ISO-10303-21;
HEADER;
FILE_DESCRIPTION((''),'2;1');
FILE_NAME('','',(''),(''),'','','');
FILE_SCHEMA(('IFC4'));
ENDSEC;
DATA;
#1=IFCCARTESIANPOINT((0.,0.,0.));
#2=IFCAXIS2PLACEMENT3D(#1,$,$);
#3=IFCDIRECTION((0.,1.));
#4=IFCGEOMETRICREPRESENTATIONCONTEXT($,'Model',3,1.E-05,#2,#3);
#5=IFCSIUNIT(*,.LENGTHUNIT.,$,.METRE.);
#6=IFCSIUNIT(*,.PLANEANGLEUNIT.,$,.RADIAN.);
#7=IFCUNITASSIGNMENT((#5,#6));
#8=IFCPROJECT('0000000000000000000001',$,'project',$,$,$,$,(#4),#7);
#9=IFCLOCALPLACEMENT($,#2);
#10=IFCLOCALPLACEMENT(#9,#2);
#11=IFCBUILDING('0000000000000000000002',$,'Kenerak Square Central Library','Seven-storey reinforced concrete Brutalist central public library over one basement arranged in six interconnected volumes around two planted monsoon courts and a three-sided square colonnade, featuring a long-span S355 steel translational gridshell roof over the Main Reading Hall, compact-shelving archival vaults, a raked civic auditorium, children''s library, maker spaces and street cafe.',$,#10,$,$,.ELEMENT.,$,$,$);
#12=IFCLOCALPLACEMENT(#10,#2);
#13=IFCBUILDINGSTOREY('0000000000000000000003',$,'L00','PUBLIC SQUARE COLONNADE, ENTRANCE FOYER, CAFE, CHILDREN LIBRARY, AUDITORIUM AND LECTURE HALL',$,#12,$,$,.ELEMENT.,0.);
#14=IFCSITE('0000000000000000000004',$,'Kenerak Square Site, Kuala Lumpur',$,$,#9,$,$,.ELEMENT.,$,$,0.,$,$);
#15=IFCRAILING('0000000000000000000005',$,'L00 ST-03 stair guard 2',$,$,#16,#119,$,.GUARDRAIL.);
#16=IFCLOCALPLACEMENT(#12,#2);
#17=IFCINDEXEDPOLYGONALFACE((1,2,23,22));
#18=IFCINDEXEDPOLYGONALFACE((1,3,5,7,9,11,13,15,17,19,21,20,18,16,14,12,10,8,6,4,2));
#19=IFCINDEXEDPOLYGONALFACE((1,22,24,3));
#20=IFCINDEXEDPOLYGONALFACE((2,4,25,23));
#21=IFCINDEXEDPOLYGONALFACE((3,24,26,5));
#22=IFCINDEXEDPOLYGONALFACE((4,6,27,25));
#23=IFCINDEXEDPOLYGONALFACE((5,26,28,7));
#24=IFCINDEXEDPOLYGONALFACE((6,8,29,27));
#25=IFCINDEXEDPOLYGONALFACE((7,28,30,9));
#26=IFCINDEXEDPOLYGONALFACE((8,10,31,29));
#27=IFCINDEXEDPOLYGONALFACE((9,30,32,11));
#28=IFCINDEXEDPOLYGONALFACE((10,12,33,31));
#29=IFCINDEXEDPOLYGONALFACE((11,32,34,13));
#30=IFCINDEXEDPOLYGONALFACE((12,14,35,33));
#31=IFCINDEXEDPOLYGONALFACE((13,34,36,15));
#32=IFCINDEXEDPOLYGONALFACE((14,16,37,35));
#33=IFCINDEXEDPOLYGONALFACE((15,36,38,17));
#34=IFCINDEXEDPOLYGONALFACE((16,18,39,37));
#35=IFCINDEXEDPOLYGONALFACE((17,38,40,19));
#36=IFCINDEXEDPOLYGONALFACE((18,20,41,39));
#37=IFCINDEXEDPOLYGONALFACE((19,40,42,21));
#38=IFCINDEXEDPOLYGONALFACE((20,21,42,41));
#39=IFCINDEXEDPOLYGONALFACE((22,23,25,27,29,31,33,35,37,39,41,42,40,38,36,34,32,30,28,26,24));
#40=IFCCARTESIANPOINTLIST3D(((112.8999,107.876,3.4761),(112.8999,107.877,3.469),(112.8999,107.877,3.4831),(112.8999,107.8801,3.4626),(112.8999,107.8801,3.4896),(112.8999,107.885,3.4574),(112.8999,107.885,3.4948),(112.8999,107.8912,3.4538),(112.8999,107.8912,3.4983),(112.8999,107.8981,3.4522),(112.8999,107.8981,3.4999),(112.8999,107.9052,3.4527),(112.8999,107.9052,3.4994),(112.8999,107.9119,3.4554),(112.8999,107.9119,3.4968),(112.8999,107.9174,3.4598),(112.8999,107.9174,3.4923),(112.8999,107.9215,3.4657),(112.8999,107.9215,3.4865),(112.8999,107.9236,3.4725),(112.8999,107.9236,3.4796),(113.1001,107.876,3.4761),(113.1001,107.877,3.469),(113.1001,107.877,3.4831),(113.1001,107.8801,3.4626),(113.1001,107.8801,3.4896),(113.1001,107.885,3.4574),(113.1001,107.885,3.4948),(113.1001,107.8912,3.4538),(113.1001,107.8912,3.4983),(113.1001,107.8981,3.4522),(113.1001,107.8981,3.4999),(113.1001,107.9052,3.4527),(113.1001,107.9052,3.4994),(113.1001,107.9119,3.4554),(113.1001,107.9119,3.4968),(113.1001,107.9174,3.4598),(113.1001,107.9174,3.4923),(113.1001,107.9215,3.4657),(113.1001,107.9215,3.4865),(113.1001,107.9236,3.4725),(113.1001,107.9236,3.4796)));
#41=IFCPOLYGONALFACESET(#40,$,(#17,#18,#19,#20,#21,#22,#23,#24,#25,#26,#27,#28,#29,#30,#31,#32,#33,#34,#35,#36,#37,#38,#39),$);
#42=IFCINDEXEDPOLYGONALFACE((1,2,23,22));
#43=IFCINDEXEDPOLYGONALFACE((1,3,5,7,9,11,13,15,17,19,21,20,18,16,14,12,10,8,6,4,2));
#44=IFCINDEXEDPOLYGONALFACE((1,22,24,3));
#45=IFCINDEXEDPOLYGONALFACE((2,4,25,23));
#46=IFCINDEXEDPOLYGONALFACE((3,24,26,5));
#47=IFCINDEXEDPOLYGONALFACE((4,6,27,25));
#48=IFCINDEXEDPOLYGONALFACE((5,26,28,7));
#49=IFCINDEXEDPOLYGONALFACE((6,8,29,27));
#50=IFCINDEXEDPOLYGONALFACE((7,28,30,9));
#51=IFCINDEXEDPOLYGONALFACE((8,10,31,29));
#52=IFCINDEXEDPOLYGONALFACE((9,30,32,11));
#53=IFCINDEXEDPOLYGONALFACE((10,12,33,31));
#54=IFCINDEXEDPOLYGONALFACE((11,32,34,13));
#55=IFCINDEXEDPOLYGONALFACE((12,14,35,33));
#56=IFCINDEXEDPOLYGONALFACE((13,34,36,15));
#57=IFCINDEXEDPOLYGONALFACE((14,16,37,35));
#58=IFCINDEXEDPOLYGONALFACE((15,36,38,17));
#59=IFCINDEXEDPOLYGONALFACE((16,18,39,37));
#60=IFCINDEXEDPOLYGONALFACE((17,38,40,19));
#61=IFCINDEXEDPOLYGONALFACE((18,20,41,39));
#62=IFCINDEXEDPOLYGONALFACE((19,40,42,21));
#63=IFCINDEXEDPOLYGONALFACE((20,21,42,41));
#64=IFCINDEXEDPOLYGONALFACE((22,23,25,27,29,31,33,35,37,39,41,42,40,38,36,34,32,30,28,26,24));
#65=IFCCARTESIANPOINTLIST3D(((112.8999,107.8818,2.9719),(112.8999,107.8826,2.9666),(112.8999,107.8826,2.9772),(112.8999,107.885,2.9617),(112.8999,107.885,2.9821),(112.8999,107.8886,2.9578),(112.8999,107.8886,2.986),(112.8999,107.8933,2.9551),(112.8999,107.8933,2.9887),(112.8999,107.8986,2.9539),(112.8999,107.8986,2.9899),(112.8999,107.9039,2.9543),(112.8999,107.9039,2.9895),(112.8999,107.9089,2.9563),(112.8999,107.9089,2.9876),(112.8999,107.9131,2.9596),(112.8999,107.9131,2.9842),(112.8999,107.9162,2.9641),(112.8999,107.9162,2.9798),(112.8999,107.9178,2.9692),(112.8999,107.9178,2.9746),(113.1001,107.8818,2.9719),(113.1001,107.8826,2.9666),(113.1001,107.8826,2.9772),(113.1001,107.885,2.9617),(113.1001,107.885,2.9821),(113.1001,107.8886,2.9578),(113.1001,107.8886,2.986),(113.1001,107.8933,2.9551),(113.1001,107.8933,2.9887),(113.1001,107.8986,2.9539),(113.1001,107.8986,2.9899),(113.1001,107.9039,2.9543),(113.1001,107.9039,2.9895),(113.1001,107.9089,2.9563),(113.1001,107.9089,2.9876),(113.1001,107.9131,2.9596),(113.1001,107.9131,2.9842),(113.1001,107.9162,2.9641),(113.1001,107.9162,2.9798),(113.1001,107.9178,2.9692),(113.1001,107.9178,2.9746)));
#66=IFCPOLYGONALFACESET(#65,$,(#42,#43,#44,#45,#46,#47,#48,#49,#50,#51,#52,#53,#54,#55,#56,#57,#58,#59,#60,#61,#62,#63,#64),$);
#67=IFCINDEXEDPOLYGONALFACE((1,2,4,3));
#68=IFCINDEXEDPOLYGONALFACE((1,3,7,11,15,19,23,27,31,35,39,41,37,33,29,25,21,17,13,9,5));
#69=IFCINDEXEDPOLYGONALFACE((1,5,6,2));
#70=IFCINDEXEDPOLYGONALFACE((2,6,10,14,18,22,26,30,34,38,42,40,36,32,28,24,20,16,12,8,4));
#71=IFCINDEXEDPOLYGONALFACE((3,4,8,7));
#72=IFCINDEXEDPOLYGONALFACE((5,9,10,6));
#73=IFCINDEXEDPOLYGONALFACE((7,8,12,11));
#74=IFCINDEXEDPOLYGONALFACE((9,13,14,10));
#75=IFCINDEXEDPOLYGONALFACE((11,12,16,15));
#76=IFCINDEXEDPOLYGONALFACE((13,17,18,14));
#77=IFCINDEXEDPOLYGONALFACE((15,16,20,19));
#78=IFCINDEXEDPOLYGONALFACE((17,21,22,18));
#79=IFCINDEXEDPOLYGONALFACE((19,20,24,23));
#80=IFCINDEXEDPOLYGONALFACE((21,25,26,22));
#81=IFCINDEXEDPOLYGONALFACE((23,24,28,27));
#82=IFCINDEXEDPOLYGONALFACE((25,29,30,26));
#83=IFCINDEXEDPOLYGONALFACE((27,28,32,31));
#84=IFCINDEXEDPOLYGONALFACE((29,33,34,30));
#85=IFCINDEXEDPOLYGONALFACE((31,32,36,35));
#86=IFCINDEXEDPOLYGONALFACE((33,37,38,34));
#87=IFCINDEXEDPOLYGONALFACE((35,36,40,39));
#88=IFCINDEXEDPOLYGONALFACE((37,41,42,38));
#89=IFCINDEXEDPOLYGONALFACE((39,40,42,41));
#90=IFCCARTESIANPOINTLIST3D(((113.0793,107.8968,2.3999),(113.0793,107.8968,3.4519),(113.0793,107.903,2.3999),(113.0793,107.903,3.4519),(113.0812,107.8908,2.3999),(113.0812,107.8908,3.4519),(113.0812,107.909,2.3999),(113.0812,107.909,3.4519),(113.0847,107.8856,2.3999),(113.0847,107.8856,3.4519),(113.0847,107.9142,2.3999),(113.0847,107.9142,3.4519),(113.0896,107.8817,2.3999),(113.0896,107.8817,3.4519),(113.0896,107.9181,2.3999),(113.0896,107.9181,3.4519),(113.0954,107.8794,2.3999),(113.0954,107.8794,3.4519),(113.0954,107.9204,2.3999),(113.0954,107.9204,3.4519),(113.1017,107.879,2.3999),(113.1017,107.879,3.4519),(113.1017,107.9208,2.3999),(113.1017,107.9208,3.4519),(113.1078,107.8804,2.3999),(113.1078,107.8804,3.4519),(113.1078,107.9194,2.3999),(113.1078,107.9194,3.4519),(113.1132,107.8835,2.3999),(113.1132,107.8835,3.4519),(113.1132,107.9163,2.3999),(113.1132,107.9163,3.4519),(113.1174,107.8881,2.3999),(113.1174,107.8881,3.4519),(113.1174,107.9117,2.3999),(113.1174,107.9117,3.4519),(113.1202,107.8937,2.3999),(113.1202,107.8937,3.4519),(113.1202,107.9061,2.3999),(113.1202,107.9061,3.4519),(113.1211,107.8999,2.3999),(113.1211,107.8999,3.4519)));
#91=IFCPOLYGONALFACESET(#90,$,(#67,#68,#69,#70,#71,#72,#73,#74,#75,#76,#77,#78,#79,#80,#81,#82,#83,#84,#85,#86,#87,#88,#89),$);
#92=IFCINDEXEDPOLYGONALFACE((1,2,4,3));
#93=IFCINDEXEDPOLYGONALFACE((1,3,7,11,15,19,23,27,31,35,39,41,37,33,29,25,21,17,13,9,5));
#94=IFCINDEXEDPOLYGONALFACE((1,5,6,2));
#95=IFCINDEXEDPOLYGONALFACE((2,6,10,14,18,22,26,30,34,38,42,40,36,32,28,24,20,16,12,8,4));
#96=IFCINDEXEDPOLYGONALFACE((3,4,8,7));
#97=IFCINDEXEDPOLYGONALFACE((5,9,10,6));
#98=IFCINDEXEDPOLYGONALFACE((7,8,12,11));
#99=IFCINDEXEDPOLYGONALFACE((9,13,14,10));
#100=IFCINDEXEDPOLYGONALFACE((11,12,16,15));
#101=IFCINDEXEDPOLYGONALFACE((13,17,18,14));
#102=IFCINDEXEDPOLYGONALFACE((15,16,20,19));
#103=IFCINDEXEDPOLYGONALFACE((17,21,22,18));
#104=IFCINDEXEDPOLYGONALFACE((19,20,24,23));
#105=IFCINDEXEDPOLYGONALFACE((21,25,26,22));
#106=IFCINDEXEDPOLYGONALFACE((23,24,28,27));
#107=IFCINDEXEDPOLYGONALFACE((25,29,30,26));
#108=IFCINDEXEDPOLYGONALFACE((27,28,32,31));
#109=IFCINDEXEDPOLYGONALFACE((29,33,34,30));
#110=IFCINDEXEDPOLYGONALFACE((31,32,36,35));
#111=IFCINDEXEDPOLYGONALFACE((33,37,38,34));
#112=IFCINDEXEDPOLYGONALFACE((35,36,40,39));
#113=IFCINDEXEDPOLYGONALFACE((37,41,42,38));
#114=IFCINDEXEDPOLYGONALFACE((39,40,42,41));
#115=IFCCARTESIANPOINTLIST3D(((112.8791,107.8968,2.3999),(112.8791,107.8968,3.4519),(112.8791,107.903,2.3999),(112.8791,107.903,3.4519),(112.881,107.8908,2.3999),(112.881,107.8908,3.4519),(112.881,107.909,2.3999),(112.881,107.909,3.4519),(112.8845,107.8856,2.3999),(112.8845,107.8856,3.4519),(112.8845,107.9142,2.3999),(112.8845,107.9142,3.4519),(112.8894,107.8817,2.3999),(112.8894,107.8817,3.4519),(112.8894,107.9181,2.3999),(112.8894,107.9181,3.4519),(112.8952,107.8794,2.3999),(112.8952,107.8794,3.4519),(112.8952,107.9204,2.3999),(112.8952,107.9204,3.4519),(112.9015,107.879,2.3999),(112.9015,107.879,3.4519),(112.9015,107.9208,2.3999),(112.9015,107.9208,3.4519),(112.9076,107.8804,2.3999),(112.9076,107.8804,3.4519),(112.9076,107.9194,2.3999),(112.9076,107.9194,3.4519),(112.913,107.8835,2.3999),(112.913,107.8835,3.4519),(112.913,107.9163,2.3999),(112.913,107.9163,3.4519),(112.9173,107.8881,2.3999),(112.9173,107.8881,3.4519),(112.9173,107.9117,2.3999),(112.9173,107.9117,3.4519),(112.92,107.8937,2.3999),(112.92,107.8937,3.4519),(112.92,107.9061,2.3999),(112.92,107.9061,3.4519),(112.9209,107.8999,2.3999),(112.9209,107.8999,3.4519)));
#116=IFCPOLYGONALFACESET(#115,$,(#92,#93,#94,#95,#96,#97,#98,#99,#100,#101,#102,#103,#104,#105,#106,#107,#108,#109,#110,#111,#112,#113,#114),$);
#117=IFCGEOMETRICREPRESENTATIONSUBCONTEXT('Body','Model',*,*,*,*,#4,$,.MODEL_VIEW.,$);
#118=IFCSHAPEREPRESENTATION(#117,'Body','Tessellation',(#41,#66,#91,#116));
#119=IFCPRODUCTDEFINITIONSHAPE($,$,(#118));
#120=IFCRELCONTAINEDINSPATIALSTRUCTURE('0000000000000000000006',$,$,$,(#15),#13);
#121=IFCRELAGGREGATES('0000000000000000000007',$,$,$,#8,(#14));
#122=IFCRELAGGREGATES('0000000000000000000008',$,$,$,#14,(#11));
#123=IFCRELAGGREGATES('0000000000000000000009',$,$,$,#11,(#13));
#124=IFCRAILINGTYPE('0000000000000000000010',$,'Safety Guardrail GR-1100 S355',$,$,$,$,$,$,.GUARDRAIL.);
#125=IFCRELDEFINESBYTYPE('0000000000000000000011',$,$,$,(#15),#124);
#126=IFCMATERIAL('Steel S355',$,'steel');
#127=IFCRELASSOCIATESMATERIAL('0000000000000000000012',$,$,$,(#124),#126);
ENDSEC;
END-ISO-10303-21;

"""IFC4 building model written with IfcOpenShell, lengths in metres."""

from ifc_helpers import new_model, si_unit, direction, frame, origin, origin_2d, place, context, subcontext, project, spatial, circle, extrude, material, type_object, element, save


model = new_model("IFC4")

# Units and contexts
model_context = context("Model", 3, precision=1e-05, world=origin(), true_north=direction((0.0, 1.0)))
body_context = subcontext(model_context, "Body", "Model", "MODEL_VIEW")
ifc_project = project(units=[si_unit("LENGTHUNIT", "METRE"), si_unit("PLANEANGLEUNIT", "RADIAN")], contexts=[model_context])

# Site, building, storey
site_placement = place(None, origin())
site = spatial("IfcSite", under=ifc_project, at=site_placement, Name="Kenerak Square Site, Kuala Lumpur", CompositionType="ELEMENT", RefElevation=0.0)
building_placement = place(site_placement, origin())
building = spatial("IfcBuilding", under=site, at=building_placement, Name="Kenerak Square Central Library", Description="Seven-storey reinforced concrete Brutalist central public library over one basement arranged in six interconnected volumes around two planted monsoon courts and a three-sided square colonnade, featuring a long-span S355 steel translational gridshell roof over the Main Reading Hall, compact-shelving archival vaults, a raked civic auditorium, children's library, maker spaces and street cafe.", CompositionType="ELEMENT")
storey_placement = place(building_placement, origin())
storey = spatial("IfcBuildingStorey", under=building, at=storey_placement, Name="L00", Description="PUBLIC SQUARE COLONNADE, ENTRANCE FOYER, CAFE, CHILDREN LIBRARY, AUDITORIUM AND LECTURE HALL", CompositionType="ELEMENT", Elevation=0.0)

# Railing
ifc_material_1 = material(Name="Steel S355", Category="steel")
railing_type_1 = type_object("IfcRailingType", Name="Safety Guardrail GR-1100 S355", PredefinedType="GUARDRAIL", material=ifc_material_1)
railing_1_placement = place(storey_placement, frame((113.1001, 107.8999, 2.3999)))
element("IfcRailing", 1, at=railing_1_placement, inside=storey, type_object=railing_type_1, Name="L00 ST-03 stair guard 2", PredefinedType="GUARDRAIL", context=body_context, shape_type="SweptSolid", body=[
    extrude(circle(Radius=0.0239, at=origin_2d()), frame((0.0, 0.0, 1.0762), z_axis=(-1.0, 0.0, 0.0), x_axis=(0.0, -1.0, 0.0)), (0.0, 0.0, 1.0), 0.2002),
    extrude(circle(Radius=0.0181, at=origin_2d()), frame((0.0, 0.0, 0.572), z_axis=(-1.0, 0.0, 0.0), x_axis=(0.0, -1.0, 0.0)), (0.0, 0.0, 1.0), 0.2002),
    extrude(circle(Radius=0.021, at=origin_2d()), origin(), (0.0, 0.0, 1.0), 1.052),
    extrude(circle(Radius=0.021, at=origin_2d()), frame((-0.2002, 0.0, 0.0)), (0.0, 0.0, 1.0), 1.052),
])

save(model, "model.ifc")
